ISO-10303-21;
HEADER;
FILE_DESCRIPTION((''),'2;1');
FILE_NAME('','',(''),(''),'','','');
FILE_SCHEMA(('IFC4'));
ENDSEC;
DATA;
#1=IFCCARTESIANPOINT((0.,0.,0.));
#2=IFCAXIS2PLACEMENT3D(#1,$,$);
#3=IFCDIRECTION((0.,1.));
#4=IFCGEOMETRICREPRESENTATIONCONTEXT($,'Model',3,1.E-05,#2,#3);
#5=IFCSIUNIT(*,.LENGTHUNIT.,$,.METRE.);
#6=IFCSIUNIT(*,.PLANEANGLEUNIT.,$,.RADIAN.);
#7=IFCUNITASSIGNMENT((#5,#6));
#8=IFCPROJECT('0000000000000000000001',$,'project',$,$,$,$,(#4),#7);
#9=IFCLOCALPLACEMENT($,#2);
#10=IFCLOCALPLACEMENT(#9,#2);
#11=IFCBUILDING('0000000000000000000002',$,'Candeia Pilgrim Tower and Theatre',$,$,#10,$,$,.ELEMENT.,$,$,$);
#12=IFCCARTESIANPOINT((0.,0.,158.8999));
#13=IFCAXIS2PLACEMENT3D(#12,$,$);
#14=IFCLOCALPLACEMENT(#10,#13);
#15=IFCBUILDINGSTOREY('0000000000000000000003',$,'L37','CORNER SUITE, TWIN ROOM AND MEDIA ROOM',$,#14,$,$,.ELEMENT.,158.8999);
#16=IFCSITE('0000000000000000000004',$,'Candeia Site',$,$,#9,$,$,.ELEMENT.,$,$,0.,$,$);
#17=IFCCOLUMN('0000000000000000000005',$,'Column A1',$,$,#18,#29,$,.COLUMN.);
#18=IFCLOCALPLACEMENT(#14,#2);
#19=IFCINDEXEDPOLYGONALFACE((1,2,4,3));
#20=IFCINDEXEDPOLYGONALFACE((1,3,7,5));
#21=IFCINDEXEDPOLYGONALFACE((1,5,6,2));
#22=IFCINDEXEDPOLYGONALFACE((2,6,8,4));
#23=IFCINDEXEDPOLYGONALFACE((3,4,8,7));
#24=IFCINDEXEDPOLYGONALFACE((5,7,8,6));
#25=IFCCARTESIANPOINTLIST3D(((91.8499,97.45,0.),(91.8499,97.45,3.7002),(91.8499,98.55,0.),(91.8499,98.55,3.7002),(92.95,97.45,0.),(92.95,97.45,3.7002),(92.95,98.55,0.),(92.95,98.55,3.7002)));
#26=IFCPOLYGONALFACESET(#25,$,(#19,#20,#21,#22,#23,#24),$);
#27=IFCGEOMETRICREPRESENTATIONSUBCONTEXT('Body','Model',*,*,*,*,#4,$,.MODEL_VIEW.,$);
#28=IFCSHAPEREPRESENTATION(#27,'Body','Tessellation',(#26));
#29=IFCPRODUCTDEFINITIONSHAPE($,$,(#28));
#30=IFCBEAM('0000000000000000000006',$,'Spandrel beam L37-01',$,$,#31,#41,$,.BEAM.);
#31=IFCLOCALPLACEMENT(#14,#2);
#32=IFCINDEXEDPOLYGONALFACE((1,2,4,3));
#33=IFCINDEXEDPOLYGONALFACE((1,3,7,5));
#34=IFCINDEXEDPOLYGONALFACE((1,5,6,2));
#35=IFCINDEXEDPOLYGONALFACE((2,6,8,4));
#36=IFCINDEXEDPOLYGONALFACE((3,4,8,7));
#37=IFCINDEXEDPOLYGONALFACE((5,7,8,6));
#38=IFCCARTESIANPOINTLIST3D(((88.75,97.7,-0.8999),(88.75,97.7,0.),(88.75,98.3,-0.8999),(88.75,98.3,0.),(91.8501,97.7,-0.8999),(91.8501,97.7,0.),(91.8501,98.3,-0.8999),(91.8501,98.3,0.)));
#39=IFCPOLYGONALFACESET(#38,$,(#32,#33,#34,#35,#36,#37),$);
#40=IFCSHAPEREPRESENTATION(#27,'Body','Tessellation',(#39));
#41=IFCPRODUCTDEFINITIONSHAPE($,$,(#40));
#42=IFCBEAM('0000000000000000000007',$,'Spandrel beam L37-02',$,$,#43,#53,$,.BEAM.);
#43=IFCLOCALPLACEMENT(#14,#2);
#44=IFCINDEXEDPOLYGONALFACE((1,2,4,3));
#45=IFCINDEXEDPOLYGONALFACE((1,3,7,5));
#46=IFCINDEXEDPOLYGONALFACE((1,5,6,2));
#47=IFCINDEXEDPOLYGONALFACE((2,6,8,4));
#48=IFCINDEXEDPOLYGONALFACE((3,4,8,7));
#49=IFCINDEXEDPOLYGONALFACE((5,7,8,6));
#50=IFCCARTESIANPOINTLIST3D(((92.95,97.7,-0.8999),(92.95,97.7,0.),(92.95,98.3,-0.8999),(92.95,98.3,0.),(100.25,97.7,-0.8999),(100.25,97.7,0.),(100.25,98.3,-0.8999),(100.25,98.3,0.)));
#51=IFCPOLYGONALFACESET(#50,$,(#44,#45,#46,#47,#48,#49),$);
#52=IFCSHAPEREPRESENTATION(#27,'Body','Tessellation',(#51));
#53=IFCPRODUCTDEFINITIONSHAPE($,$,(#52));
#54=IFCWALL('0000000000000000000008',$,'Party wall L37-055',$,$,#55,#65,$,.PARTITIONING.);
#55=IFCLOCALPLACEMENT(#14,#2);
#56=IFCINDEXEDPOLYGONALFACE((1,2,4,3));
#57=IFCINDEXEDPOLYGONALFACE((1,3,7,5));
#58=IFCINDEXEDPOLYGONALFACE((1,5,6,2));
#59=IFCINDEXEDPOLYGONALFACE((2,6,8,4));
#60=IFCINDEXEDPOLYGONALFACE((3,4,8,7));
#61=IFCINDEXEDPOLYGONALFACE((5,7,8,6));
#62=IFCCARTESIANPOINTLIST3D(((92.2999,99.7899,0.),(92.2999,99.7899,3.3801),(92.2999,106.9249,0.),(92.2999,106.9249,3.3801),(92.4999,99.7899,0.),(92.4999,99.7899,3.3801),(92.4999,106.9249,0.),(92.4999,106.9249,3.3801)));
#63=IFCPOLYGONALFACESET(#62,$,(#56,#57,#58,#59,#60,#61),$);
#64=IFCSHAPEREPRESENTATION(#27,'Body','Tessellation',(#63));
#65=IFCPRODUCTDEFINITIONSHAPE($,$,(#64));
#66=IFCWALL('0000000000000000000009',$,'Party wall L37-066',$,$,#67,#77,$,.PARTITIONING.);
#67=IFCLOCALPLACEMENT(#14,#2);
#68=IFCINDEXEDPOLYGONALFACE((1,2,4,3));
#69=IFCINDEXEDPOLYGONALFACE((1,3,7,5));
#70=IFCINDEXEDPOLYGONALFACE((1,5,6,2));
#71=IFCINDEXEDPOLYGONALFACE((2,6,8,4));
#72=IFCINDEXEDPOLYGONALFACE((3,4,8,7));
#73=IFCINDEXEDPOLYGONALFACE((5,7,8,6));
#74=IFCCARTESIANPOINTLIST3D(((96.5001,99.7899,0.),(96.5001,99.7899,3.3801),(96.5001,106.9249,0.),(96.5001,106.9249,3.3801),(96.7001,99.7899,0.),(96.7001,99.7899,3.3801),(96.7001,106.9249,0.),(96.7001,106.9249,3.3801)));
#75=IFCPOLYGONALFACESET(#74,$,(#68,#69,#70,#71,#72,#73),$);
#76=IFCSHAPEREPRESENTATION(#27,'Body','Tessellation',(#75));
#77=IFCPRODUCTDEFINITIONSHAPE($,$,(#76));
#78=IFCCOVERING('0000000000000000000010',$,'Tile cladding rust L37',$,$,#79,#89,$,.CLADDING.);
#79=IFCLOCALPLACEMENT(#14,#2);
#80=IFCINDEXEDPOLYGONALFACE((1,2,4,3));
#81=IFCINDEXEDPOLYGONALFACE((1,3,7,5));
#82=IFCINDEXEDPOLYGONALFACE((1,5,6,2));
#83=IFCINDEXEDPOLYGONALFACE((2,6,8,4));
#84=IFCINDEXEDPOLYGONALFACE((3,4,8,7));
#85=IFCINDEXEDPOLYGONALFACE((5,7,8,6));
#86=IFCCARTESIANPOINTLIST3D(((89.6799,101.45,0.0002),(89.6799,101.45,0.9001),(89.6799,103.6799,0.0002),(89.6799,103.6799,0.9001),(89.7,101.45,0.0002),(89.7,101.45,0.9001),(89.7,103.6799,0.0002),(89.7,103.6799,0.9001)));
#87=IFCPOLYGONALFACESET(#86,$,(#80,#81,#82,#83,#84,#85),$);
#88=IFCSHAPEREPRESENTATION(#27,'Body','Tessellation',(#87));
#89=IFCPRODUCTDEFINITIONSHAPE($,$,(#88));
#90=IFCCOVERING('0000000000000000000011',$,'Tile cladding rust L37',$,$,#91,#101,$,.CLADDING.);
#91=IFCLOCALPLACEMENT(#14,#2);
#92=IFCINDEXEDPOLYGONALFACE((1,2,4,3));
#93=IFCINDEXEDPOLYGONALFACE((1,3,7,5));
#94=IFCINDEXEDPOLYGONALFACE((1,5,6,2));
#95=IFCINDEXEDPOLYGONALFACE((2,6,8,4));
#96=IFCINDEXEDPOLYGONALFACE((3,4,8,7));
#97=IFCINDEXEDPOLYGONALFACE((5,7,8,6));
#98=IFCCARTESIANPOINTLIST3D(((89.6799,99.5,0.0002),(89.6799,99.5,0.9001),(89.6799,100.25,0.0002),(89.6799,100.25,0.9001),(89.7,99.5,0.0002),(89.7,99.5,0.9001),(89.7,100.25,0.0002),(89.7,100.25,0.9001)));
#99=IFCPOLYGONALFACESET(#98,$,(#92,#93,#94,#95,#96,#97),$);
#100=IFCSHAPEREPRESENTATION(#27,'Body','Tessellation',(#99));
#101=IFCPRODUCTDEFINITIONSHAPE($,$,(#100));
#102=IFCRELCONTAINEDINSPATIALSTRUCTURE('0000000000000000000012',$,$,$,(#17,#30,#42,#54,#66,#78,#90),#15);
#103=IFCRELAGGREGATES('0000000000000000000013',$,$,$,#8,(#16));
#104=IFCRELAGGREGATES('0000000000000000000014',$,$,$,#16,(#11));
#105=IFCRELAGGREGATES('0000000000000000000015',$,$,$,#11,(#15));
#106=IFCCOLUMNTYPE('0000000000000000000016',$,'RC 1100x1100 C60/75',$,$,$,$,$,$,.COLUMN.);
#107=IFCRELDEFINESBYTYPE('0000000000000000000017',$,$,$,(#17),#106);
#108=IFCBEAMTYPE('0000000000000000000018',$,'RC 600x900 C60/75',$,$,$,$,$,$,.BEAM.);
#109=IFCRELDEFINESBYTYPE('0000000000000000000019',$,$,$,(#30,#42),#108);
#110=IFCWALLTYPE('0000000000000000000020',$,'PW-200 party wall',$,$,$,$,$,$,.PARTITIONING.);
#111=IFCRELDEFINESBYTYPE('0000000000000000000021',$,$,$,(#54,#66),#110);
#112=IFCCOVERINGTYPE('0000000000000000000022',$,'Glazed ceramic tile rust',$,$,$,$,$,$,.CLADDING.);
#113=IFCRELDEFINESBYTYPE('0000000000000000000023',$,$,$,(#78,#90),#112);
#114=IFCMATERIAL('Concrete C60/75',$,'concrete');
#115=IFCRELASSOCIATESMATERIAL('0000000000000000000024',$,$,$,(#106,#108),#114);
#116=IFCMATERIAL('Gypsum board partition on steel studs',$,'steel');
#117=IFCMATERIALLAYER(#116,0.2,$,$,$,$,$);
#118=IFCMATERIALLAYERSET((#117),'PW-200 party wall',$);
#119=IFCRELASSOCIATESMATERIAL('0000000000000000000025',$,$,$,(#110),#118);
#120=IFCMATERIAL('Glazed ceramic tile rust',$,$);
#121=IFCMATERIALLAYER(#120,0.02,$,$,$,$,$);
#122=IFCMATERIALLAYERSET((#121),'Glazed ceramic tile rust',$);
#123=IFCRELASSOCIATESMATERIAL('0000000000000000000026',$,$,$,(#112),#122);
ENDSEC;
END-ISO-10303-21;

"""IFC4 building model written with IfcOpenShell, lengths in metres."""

from ifc_helpers import new_model, si_unit, direction, frame, frame_2d, origin, origin_2d, place, context, subcontext, project, spatial, rectangle, extrude, material, layer, layer_set, material_profile, profile_set, type_object, element, save


model = new_model("IFC4")

# Units and contexts
model_context = context("Model", 3, precision=1e-05, world=origin(), true_north=direction((0.0, 1.0)))
body_context = subcontext(model_context, "Body", "Model", "MODEL_VIEW")
ifc_project = project(units=[si_unit("LENGTHUNIT", "METRE"), si_unit("PLANEANGLEUNIT", "RADIAN")], contexts=[model_context])

# Site, building, storey
site_placement = place(None, origin())
site = spatial("IfcSite", under=ifc_project, at=site_placement, Name="Candeia Site", CompositionType="ELEMENT", RefElevation=0.0)
building_placement = place(site_placement, origin())
building = spatial("IfcBuilding", under=site, at=building_placement, Name="Candeia Pilgrim Tower and Theatre", CompositionType="ELEMENT")
storey_placement = place(building_placement, frame((0.0, 0.0, 158.8999)))
storey = spatial("IfcBuildingStorey", under=building, at=storey_placement, Name="L37", Description="CORNER SUITE, TWIN ROOM AND MEDIA ROOM", CompositionType="ELEMENT", Elevation=158.8999)

# Column
ifc_material_1 = material(Name="Concrete C60/75", Category="concrete")
ifc_material_profile_1 = material_profile(ifc_material_1, rectangle(XDim=1.1001, YDim=1.1001, at=origin_2d()))
ifc_profile_set_1 = profile_set([ifc_material_profile_1], Name="Concrete C60/75")
column_type = type_object("IfcColumnType", Name="RC 1100x1100 C60/75", PredefinedType="COLUMN", material=ifc_profile_set_1)
column_placement = place(storey_placement, frame((92.3999, 98.0, 0.0), z_axis=(0.0, 0.0, 1.0), x_axis=(1.0, 0.0, 0.0)))
element("IfcColumn", 1, at=column_placement, inside=storey, type_object=column_type, Name="Column A1", PredefinedType="COLUMN", context=body_context, shape_type="SweptSolid", body=[
    extrude(rectangle(XDim=1.1001, YDim=1.1001, at=origin_2d()), origin(), (0.0, 0.0, 1.0), 3.7002),
])

# Beams
ifc_material_profile_2 = material_profile(ifc_material_1, rectangle(XDim=0.6001, YDim=0.8999, at=origin_2d()))
ifc_profile_set_2 = profile_set([ifc_material_profile_2], Name="Concrete C60/75")
beam_type = type_object("IfcBeamType", Name="RC 600x900 C60/75", PredefinedType="BEAM", material=ifc_profile_set_2)
beam_1_placement = place(storey_placement, frame((88.75, 98.0, -0.45), z_axis=(1.0, 0.0, 0.0), x_axis=(0.0, 1.0, 0.0)))
element("IfcBeam", 2, at=beam_1_placement, inside=storey, type_object=beam_type, Name="Spandrel beam L37-01", PredefinedType="BEAM", context=body_context, shape_type="SweptSolid", body=[
    extrude(rectangle(XDim=0.6001, YDim=0.8999, at=origin_2d()), origin(), (0.0, 0.0, 1.0), 3.1001),
])
beam_2_placement = place(storey_placement, frame((92.95, 98.0, -0.45), z_axis=(1.0, 0.0, 0.0), x_axis=(0.0, 1.0, 0.0)))
element("IfcBeam", 3, at=beam_2_placement, inside=storey, type_object=beam_type, Name="Spandrel beam L37-02", PredefinedType="BEAM", context=body_context, shape_type="SweptSolid", body=[
    extrude(rectangle(XDim=0.6001, YDim=0.8999, at=origin_2d()), origin(), (0.0, 0.0, 1.0), 7.3),
])

# Walls
ifc_material_2 = material(Name="Gypsum board partition on steel studs", Category="steel")
ifc_layer_1 = layer(ifc_material_2, 0.2)
ifc_layer_set_1 = layer_set([ifc_layer_1], Name="PW-200 party wall")
wall_type_1 = type_object("IfcWallType", Name="PW-200 party wall", PredefinedType="PARTITIONING", material=ifc_layer_set_1)
for number, where, z_axis, x_axis, name in (
    (4, (92.3999, 99.79, 0.0), (0.0, 0.0, 1.0), (0.0, 1.0, 0.0), "Party wall L37-055"),
    (5, (96.6001, 99.79, 0.0), (0.0, 0.0, 1.0), (0.0, 1.0, 0.0), "Party wall L37-066"),
):
    element("IfcWall", number, at=place(storey_placement, frame(where, z_axis=z_axis, x_axis=x_axis)), inside=storey, type_object=wall_type_1, Name=name, PredefinedType="PARTITIONING", context=body_context, shape_type="SweptSolid", body=[
        extrude(rectangle(XDim=7.135, YDim=0.2, at=frame_2d((3.5674, 0.0))), origin(), (0.0, 0.0, 1.0), 3.3801),
    ])

# Coverings
ifc_material_3 = material(Name="Glazed ceramic tile rust")
ifc_layer_2 = layer(ifc_material_3, 0.02)
ifc_layer_set_2 = layer_set([ifc_layer_2], Name="Glazed ceramic tile rust")
covering_type = type_object("IfcCoveringType", Name="Glazed ceramic tile rust", PredefinedType="CLADDING", material=ifc_layer_set_2)
covering_1_placement = place(storey_placement, frame((89.6899, 102.5649, 0.0002), z_axis=(0.0, 0.0, 1.0), x_axis=(0.0, -1.0, 0.0)))
element("IfcCovering", 6, at=covering_1_placement, inside=storey, type_object=covering_type, Name="Tile cladding rust L37", PredefinedType="CLADDING", context=body_context, shape_type="SweptSolid", body=[
    extrude(rectangle(XDim=2.23, YDim=0.02, at=origin_2d()), origin(), (0.0, 0.0, 1.0), 0.8999),
])
covering_2_placement = place(storey_placement, frame((89.6899, 99.875, 0.0002), z_axis=(0.0, 0.0, 1.0), x_axis=(0.0, -1.0, 0.0)))
element("IfcCovering", 7, at=covering_2_placement, inside=storey, type_object=covering_type, Name="Tile cladding rust L37", PredefinedType="CLADDING", context=body_context, shape_type="SweptSolid", body=[
    extrude(rectangle(XDim=0.75, YDim=0.02, at=origin_2d()), origin(), (0.0, 0.0, 1.0), 0.8999),
])

save(model, "model.ifc")
